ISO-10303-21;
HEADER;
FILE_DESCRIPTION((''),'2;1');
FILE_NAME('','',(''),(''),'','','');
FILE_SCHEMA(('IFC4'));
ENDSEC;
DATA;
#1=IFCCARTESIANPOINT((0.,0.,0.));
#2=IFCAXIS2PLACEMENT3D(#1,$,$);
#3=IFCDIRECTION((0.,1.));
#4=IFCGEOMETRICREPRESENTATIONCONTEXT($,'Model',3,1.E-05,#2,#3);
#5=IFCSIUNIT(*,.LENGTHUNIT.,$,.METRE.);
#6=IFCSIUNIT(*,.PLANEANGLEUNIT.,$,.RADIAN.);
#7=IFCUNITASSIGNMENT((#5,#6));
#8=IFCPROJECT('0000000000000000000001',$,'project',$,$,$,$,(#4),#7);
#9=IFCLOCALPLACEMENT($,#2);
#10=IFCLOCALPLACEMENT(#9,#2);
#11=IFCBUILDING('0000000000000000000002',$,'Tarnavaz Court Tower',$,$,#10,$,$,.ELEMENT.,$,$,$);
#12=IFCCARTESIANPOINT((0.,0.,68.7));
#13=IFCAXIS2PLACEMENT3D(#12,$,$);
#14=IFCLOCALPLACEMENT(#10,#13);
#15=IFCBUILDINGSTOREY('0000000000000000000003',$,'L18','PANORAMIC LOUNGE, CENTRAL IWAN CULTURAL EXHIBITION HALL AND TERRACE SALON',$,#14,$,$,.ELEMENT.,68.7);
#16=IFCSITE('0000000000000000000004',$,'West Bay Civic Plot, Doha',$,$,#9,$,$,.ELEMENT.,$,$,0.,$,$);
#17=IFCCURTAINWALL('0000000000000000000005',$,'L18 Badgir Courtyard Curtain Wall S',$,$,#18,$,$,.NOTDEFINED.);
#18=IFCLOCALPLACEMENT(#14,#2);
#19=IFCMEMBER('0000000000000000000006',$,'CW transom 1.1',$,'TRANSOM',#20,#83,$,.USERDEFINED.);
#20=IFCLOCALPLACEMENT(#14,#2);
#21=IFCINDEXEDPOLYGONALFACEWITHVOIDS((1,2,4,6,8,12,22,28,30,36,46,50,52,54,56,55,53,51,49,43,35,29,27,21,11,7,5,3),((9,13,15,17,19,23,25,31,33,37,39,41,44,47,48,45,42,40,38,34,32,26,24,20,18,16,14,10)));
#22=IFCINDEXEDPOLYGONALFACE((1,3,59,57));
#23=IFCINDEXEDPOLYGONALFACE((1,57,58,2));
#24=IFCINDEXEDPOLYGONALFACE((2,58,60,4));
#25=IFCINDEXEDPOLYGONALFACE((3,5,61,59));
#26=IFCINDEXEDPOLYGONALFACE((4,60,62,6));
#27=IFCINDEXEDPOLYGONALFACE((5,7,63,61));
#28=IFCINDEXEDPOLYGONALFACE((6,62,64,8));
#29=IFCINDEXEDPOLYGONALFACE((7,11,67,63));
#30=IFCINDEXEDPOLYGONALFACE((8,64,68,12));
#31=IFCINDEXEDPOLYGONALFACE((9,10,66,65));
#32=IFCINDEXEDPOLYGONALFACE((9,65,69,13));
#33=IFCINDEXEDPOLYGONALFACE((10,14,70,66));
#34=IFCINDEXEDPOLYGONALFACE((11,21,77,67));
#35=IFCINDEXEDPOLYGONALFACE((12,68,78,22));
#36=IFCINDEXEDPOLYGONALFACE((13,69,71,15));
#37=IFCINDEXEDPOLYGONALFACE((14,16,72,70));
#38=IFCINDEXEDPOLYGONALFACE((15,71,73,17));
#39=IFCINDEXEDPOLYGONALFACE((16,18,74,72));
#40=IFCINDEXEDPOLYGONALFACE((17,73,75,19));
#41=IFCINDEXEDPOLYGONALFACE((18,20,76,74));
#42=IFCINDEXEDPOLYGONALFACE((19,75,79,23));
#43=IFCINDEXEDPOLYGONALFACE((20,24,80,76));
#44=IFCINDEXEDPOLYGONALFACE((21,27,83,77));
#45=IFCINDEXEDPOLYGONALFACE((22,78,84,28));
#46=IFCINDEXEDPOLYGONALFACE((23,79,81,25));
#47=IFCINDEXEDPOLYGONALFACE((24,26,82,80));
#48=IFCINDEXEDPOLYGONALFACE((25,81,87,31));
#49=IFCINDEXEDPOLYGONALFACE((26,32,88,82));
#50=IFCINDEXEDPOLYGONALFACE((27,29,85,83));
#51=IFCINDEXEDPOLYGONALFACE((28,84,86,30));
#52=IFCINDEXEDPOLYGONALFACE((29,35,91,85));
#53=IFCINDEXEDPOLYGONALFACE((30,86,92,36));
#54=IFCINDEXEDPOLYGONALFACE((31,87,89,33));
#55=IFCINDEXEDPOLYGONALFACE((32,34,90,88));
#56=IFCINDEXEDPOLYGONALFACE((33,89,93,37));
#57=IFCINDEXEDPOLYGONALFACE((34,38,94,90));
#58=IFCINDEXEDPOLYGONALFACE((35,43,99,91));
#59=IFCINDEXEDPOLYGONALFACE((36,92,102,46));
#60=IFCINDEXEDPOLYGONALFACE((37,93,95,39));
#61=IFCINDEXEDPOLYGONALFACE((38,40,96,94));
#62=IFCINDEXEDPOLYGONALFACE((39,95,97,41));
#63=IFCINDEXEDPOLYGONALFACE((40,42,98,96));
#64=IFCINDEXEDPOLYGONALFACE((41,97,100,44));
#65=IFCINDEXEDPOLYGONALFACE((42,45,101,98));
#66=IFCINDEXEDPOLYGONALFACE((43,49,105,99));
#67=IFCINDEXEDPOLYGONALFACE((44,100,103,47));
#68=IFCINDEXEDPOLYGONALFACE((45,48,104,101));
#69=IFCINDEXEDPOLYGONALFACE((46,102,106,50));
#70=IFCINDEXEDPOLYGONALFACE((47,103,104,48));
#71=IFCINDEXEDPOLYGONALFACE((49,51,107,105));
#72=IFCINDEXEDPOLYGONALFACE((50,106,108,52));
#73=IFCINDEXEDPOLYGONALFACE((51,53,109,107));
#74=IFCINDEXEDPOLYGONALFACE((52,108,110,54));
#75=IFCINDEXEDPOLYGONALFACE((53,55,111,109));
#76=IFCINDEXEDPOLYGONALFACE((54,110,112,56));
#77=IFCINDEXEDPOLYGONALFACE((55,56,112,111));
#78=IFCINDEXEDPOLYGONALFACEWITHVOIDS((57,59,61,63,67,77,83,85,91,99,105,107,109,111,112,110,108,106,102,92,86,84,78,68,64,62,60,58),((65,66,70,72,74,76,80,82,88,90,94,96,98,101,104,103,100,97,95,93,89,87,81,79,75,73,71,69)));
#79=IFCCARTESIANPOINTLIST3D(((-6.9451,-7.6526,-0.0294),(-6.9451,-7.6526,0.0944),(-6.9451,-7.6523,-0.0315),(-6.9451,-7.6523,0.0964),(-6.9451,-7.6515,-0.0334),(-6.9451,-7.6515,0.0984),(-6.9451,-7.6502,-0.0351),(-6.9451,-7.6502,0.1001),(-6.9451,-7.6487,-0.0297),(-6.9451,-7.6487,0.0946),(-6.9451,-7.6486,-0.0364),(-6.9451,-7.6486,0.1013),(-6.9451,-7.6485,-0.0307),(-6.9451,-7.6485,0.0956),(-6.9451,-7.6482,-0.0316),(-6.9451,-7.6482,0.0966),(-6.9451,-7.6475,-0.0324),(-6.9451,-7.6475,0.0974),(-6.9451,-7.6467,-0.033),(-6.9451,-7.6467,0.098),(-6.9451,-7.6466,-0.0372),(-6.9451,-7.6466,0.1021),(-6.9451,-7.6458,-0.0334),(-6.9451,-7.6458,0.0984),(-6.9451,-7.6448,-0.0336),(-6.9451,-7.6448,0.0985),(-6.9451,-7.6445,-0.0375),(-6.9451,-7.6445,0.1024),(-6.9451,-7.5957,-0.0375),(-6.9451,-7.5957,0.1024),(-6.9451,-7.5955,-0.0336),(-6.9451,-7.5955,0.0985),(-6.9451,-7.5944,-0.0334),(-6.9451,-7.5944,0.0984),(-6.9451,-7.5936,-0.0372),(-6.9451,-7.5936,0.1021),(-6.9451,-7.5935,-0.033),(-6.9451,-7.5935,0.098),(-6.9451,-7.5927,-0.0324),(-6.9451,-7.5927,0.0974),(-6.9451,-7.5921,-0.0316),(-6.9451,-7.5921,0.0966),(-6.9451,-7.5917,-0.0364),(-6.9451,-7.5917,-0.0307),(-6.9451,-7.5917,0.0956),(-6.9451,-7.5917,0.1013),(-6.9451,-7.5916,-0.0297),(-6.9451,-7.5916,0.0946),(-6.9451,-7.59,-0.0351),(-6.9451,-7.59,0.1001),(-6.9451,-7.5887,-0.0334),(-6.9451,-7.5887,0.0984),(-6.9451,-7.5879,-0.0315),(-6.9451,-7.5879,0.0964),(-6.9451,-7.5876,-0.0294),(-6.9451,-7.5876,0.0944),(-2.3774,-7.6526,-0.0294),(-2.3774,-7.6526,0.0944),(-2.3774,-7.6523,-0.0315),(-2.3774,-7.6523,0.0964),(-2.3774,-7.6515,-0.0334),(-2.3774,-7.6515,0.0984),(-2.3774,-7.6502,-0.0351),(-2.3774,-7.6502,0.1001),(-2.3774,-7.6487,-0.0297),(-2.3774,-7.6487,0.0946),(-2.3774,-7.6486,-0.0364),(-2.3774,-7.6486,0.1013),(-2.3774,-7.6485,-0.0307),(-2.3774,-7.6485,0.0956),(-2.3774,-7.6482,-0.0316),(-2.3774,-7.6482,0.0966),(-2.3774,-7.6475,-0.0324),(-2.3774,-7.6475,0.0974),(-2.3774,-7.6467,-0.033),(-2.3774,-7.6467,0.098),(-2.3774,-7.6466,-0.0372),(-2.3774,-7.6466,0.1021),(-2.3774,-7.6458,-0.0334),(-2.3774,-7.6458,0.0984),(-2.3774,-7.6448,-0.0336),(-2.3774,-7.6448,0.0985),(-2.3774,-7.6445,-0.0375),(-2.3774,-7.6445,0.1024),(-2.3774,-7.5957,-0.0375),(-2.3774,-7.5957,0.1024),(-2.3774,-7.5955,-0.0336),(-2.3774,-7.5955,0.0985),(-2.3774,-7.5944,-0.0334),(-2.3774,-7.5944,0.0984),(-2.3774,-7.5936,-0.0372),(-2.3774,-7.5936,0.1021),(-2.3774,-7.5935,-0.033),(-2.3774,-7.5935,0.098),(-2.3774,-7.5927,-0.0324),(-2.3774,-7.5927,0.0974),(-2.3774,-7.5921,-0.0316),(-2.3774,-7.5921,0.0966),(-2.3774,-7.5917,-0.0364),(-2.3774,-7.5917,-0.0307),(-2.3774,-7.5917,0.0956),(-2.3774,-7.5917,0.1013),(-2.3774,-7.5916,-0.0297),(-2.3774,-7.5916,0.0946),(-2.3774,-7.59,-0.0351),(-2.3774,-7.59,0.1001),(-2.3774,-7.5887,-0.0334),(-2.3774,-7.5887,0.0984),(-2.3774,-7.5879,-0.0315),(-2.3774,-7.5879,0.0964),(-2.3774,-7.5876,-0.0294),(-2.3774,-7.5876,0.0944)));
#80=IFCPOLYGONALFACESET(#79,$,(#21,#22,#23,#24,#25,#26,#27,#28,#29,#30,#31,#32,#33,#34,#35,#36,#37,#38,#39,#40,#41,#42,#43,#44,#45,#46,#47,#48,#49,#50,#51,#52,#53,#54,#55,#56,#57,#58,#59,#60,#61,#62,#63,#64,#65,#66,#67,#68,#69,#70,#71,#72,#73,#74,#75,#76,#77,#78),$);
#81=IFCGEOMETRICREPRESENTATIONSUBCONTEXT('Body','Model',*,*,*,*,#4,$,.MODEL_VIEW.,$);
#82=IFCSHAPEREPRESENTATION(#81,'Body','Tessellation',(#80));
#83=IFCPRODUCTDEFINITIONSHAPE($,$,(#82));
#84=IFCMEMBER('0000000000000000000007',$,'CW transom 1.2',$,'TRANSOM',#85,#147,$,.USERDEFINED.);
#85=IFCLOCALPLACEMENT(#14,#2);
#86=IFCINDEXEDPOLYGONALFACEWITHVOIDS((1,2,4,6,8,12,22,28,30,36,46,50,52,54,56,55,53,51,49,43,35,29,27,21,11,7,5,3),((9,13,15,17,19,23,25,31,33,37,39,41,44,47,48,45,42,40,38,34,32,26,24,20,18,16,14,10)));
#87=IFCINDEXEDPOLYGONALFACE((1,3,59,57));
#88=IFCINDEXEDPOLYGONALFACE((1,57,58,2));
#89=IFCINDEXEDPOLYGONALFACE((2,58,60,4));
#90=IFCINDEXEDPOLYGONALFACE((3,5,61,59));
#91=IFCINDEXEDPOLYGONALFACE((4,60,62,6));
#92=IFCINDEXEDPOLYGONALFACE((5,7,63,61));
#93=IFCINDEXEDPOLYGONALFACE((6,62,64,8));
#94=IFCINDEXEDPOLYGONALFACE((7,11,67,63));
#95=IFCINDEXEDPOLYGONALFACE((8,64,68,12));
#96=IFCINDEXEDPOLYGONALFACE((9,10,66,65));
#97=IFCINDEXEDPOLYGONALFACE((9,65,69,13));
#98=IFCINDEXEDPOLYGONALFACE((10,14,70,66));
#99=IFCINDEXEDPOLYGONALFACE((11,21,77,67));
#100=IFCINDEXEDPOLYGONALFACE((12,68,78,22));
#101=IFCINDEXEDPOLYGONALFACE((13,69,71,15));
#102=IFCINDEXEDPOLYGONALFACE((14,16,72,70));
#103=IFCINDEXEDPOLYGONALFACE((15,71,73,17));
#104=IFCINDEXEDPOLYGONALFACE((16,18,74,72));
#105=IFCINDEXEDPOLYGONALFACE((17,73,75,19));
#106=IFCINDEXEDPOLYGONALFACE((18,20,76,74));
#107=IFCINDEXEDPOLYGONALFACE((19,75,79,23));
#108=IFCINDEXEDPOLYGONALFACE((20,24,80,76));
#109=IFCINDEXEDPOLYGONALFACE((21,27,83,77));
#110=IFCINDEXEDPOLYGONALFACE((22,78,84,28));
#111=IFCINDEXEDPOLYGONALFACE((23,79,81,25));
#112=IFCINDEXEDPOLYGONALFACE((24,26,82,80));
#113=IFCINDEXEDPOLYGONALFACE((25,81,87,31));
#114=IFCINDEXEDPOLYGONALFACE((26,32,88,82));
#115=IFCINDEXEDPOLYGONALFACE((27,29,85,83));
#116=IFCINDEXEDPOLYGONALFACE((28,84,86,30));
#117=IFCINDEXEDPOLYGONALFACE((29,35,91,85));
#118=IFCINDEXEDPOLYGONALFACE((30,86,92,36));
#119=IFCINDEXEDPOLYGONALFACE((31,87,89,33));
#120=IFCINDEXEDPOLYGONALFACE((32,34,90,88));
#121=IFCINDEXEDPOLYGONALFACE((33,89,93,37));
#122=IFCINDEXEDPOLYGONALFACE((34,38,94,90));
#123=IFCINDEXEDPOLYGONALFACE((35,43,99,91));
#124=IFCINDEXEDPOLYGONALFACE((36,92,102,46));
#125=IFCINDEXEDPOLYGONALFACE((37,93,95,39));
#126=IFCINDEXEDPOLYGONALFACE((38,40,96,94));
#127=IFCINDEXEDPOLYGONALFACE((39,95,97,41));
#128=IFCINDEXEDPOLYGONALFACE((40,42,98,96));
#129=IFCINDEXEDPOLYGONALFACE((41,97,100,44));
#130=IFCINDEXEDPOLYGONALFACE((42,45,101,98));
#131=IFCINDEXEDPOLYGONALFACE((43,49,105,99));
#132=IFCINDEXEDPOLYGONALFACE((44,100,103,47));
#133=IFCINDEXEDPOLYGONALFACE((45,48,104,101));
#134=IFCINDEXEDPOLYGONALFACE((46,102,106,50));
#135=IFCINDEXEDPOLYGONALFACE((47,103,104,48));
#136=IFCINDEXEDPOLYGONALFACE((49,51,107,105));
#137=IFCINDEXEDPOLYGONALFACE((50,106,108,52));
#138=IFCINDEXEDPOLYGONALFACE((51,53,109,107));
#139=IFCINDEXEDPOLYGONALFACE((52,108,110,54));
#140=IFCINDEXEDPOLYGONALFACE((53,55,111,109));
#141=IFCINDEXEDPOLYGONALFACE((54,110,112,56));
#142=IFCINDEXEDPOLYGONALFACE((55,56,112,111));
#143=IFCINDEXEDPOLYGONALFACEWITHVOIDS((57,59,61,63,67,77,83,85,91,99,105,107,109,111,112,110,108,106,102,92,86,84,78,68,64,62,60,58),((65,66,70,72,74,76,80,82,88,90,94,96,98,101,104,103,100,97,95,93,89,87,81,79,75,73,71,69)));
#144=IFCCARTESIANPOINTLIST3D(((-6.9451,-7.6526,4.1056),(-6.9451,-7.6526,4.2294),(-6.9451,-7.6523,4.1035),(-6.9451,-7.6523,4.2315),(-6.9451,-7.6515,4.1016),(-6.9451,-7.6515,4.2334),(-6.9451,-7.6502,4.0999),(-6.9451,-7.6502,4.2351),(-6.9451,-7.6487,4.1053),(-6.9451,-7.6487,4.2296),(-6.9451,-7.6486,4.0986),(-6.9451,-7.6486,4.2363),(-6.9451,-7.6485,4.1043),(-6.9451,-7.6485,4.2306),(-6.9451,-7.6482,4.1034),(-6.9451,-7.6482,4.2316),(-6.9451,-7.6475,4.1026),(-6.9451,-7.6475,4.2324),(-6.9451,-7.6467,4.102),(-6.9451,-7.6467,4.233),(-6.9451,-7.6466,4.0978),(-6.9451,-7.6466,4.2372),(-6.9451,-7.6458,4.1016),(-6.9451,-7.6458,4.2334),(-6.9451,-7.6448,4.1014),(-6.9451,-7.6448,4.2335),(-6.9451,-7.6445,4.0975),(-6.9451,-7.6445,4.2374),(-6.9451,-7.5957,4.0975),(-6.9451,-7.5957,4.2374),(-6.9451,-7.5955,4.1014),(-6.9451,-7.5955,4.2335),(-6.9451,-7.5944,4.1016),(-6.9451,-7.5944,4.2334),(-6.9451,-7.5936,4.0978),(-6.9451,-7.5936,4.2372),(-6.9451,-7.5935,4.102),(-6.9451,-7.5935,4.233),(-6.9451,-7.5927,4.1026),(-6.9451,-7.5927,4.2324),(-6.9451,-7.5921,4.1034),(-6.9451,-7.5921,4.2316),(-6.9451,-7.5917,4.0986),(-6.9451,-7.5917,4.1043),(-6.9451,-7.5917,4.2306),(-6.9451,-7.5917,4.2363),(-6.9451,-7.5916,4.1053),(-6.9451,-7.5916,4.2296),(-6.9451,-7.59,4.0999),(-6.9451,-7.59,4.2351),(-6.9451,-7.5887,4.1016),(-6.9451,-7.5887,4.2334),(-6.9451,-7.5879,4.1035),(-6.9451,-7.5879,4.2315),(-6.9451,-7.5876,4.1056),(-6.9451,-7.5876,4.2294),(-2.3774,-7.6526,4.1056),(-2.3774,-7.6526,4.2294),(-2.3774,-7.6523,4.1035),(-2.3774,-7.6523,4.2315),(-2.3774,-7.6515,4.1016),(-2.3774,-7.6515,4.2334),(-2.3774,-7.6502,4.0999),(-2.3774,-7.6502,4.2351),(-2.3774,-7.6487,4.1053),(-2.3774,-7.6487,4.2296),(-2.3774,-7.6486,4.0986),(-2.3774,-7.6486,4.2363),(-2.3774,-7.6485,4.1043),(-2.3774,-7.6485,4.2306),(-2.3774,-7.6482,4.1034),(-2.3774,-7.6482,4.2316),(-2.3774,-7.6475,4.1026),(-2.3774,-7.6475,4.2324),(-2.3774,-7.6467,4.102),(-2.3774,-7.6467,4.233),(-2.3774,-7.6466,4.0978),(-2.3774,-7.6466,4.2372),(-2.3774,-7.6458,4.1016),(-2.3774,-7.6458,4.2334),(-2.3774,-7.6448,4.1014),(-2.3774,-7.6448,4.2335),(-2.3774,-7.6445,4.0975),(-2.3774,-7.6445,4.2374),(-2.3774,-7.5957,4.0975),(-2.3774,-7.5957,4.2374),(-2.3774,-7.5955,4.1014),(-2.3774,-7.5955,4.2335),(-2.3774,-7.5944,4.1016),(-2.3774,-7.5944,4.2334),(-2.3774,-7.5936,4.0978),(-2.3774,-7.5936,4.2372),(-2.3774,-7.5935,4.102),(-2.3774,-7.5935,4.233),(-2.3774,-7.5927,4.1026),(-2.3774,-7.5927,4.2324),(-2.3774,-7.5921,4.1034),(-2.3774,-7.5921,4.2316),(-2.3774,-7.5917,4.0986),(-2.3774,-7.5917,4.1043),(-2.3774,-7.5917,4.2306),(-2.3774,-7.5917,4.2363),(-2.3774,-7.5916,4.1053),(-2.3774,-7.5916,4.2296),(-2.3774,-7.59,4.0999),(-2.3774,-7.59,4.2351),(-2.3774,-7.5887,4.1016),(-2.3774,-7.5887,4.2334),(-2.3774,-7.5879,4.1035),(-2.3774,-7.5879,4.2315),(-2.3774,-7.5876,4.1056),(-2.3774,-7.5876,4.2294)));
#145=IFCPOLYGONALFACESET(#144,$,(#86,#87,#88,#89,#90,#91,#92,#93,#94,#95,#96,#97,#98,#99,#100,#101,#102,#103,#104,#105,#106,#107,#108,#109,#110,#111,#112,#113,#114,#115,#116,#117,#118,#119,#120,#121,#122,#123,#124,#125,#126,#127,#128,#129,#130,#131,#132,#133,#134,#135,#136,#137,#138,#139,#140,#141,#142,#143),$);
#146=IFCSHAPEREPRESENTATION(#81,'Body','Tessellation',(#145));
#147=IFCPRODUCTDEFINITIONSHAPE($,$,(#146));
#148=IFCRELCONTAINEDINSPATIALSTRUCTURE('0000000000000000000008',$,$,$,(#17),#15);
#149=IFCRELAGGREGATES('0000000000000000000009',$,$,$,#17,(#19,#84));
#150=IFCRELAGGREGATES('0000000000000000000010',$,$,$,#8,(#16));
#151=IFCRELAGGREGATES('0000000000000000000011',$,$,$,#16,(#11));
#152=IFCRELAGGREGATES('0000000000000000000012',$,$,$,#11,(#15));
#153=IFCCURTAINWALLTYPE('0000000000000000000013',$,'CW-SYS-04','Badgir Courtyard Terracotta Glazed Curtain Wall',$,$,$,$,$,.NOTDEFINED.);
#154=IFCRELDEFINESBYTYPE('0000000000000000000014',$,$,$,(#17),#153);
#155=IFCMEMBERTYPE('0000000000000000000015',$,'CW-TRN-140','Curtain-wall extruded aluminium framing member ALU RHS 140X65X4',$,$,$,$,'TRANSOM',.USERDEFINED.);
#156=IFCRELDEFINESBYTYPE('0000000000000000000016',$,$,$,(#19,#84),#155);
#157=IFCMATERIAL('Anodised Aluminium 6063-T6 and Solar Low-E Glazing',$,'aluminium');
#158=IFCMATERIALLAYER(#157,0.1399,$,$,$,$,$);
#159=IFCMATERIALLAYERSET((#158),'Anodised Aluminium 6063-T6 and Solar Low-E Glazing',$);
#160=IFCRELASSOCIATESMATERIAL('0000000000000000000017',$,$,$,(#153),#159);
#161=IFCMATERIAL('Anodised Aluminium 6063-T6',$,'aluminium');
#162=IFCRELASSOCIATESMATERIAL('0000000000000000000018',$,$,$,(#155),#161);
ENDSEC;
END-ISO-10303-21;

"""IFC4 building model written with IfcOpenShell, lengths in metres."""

from ifc_helpers import new_model, si_unit, direction, frame, origin, origin_2d, place, context, subcontext, project, spatial, hollow_rectangle, extrude, material, layer, layer_set, material_profile, profile_set, type_object, element, aggregate, save


model = new_model("IFC4")

# Units and contexts
model_context = context("Model", 3, precision=1e-05, world=origin(), true_north=direction((0.0, 1.0)))
body_context = subcontext(model_context, "Body", "Model", "MODEL_VIEW")
ifc_project = project(units=[si_unit("LENGTHUNIT", "METRE"), si_unit("PLANEANGLEUNIT", "RADIAN")], contexts=[model_context])

# Site, building, storey
site_placement = place(None, origin())
site = spatial("IfcSite", under=ifc_project, at=site_placement, Name="West Bay Civic Plot, Doha", CompositionType="ELEMENT", RefElevation=0.0)
building_placement = place(site_placement, origin())
building = spatial("IfcBuilding", under=site, at=building_placement, Name="Tarnavaz Court Tower", CompositionType="ELEMENT")
storey_placement = place(building_placement, frame((0.0, 0.0, 68.7)))
storey = spatial("IfcBuildingStorey", under=building, at=storey_placement, Name="L18", Description="PANORAMIC LOUNGE, CENTRAL IWAN CULTURAL EXHIBITION HALL AND TERRACE SALON", CompositionType="ELEMENT", Elevation=68.7)

# Curtain wall, members
ifc_material_1 = material(Name="Anodised Aluminium 6063-T6 and Solar Low-E Glazing", Category="aluminium")
ifc_layer_1 = layer(ifc_material_1, 0.1399)
ifc_layer_set_1 = layer_set([ifc_layer_1], Name="Anodised Aluminium 6063-T6 and Solar Low-E Glazing")
curtain_wall_type = type_object("IfcCurtainWallType", Name="CW-SYS-04", Description="Badgir Courtyard Terracotta Glazed Curtain Wall", PredefinedType="NOTDEFINED", material=ifc_layer_set_1)
curtain_wall_placement = place(storey_placement, origin())
curtain_wall = element("IfcCurtainWall", 1, at=curtain_wall_placement, inside=storey, type_object=curtain_wall_type, Name="L18 Badgir Courtyard Curtain Wall S", PredefinedType="NOTDEFINED")
ifc_material_2 = material(Name="Anodised Aluminium 6063-T6", Category="aluminium")
ifc_material_profile_1 = material_profile(ifc_material_2, hollow_rectangle(XDim=0.0649, YDim=0.1399, WallThickness=0.0039, InnerFilletRadius=0.0039, OuterFilletRadius=0.0081, at=origin_2d()), Name="ALU RHS 140X65X4")
ifc_profile_set_1 = profile_set([ifc_material_profile_1], Name="Anodised Aluminium 6063-T6")
member_type_1 = type_object("IfcMemberType", Name="CW-TRN-140", Description="Curtain-wall extruded aluminium framing member ALU RHS 140X65X4", ElementType="TRANSOM", PredefinedType="USERDEFINED", material=ifc_profile_set_1)
member_1_placement = place(storey_placement, frame((-6.9451, -7.6201, 0.0325), z_axis=(1.0, 0.0, 0.0), x_axis=(0.0, 1.0, 0.0)))
member_1 = element("IfcMember", 2, at=member_1_placement, type_object=member_type_1, Name="CW transom 1.1", ObjectType="TRANSOM", PredefinedType="USERDEFINED", context=body_context, shape_type="SweptSolid", body=[
    extrude(hollow_rectangle(XDim=0.0649, YDim=0.1399, WallThickness=0.0039, InnerFilletRadius=0.0039, OuterFilletRadius=0.0081, at=origin_2d()), origin(), (0.0, 0.0, 1.0), 4.5676),
])
member_2_placement = place(storey_placement, frame((-6.9451, -7.6201, 4.1675), z_axis=(1.0, 0.0, 0.0), x_axis=(0.0, 1.0, 0.0)))
member_2 = element("IfcMember", 3, at=member_2_placement, type_object=member_type_1, Name="CW transom 1.2", ObjectType="TRANSOM", PredefinedType="USERDEFINED", context=body_context, shape_type="SweptSolid", body=[
    extrude(hollow_rectangle(XDim=0.0649, YDim=0.1399, WallThickness=0.0039, InnerFilletRadius=0.0039, OuterFilletRadius=0.0081, at=origin_2d()), origin(), (0.0, 0.0, 1.0), 4.5676),
])
aggregate(curtain_wall, [member_1, member_2])

save(model, "model.ifc")
